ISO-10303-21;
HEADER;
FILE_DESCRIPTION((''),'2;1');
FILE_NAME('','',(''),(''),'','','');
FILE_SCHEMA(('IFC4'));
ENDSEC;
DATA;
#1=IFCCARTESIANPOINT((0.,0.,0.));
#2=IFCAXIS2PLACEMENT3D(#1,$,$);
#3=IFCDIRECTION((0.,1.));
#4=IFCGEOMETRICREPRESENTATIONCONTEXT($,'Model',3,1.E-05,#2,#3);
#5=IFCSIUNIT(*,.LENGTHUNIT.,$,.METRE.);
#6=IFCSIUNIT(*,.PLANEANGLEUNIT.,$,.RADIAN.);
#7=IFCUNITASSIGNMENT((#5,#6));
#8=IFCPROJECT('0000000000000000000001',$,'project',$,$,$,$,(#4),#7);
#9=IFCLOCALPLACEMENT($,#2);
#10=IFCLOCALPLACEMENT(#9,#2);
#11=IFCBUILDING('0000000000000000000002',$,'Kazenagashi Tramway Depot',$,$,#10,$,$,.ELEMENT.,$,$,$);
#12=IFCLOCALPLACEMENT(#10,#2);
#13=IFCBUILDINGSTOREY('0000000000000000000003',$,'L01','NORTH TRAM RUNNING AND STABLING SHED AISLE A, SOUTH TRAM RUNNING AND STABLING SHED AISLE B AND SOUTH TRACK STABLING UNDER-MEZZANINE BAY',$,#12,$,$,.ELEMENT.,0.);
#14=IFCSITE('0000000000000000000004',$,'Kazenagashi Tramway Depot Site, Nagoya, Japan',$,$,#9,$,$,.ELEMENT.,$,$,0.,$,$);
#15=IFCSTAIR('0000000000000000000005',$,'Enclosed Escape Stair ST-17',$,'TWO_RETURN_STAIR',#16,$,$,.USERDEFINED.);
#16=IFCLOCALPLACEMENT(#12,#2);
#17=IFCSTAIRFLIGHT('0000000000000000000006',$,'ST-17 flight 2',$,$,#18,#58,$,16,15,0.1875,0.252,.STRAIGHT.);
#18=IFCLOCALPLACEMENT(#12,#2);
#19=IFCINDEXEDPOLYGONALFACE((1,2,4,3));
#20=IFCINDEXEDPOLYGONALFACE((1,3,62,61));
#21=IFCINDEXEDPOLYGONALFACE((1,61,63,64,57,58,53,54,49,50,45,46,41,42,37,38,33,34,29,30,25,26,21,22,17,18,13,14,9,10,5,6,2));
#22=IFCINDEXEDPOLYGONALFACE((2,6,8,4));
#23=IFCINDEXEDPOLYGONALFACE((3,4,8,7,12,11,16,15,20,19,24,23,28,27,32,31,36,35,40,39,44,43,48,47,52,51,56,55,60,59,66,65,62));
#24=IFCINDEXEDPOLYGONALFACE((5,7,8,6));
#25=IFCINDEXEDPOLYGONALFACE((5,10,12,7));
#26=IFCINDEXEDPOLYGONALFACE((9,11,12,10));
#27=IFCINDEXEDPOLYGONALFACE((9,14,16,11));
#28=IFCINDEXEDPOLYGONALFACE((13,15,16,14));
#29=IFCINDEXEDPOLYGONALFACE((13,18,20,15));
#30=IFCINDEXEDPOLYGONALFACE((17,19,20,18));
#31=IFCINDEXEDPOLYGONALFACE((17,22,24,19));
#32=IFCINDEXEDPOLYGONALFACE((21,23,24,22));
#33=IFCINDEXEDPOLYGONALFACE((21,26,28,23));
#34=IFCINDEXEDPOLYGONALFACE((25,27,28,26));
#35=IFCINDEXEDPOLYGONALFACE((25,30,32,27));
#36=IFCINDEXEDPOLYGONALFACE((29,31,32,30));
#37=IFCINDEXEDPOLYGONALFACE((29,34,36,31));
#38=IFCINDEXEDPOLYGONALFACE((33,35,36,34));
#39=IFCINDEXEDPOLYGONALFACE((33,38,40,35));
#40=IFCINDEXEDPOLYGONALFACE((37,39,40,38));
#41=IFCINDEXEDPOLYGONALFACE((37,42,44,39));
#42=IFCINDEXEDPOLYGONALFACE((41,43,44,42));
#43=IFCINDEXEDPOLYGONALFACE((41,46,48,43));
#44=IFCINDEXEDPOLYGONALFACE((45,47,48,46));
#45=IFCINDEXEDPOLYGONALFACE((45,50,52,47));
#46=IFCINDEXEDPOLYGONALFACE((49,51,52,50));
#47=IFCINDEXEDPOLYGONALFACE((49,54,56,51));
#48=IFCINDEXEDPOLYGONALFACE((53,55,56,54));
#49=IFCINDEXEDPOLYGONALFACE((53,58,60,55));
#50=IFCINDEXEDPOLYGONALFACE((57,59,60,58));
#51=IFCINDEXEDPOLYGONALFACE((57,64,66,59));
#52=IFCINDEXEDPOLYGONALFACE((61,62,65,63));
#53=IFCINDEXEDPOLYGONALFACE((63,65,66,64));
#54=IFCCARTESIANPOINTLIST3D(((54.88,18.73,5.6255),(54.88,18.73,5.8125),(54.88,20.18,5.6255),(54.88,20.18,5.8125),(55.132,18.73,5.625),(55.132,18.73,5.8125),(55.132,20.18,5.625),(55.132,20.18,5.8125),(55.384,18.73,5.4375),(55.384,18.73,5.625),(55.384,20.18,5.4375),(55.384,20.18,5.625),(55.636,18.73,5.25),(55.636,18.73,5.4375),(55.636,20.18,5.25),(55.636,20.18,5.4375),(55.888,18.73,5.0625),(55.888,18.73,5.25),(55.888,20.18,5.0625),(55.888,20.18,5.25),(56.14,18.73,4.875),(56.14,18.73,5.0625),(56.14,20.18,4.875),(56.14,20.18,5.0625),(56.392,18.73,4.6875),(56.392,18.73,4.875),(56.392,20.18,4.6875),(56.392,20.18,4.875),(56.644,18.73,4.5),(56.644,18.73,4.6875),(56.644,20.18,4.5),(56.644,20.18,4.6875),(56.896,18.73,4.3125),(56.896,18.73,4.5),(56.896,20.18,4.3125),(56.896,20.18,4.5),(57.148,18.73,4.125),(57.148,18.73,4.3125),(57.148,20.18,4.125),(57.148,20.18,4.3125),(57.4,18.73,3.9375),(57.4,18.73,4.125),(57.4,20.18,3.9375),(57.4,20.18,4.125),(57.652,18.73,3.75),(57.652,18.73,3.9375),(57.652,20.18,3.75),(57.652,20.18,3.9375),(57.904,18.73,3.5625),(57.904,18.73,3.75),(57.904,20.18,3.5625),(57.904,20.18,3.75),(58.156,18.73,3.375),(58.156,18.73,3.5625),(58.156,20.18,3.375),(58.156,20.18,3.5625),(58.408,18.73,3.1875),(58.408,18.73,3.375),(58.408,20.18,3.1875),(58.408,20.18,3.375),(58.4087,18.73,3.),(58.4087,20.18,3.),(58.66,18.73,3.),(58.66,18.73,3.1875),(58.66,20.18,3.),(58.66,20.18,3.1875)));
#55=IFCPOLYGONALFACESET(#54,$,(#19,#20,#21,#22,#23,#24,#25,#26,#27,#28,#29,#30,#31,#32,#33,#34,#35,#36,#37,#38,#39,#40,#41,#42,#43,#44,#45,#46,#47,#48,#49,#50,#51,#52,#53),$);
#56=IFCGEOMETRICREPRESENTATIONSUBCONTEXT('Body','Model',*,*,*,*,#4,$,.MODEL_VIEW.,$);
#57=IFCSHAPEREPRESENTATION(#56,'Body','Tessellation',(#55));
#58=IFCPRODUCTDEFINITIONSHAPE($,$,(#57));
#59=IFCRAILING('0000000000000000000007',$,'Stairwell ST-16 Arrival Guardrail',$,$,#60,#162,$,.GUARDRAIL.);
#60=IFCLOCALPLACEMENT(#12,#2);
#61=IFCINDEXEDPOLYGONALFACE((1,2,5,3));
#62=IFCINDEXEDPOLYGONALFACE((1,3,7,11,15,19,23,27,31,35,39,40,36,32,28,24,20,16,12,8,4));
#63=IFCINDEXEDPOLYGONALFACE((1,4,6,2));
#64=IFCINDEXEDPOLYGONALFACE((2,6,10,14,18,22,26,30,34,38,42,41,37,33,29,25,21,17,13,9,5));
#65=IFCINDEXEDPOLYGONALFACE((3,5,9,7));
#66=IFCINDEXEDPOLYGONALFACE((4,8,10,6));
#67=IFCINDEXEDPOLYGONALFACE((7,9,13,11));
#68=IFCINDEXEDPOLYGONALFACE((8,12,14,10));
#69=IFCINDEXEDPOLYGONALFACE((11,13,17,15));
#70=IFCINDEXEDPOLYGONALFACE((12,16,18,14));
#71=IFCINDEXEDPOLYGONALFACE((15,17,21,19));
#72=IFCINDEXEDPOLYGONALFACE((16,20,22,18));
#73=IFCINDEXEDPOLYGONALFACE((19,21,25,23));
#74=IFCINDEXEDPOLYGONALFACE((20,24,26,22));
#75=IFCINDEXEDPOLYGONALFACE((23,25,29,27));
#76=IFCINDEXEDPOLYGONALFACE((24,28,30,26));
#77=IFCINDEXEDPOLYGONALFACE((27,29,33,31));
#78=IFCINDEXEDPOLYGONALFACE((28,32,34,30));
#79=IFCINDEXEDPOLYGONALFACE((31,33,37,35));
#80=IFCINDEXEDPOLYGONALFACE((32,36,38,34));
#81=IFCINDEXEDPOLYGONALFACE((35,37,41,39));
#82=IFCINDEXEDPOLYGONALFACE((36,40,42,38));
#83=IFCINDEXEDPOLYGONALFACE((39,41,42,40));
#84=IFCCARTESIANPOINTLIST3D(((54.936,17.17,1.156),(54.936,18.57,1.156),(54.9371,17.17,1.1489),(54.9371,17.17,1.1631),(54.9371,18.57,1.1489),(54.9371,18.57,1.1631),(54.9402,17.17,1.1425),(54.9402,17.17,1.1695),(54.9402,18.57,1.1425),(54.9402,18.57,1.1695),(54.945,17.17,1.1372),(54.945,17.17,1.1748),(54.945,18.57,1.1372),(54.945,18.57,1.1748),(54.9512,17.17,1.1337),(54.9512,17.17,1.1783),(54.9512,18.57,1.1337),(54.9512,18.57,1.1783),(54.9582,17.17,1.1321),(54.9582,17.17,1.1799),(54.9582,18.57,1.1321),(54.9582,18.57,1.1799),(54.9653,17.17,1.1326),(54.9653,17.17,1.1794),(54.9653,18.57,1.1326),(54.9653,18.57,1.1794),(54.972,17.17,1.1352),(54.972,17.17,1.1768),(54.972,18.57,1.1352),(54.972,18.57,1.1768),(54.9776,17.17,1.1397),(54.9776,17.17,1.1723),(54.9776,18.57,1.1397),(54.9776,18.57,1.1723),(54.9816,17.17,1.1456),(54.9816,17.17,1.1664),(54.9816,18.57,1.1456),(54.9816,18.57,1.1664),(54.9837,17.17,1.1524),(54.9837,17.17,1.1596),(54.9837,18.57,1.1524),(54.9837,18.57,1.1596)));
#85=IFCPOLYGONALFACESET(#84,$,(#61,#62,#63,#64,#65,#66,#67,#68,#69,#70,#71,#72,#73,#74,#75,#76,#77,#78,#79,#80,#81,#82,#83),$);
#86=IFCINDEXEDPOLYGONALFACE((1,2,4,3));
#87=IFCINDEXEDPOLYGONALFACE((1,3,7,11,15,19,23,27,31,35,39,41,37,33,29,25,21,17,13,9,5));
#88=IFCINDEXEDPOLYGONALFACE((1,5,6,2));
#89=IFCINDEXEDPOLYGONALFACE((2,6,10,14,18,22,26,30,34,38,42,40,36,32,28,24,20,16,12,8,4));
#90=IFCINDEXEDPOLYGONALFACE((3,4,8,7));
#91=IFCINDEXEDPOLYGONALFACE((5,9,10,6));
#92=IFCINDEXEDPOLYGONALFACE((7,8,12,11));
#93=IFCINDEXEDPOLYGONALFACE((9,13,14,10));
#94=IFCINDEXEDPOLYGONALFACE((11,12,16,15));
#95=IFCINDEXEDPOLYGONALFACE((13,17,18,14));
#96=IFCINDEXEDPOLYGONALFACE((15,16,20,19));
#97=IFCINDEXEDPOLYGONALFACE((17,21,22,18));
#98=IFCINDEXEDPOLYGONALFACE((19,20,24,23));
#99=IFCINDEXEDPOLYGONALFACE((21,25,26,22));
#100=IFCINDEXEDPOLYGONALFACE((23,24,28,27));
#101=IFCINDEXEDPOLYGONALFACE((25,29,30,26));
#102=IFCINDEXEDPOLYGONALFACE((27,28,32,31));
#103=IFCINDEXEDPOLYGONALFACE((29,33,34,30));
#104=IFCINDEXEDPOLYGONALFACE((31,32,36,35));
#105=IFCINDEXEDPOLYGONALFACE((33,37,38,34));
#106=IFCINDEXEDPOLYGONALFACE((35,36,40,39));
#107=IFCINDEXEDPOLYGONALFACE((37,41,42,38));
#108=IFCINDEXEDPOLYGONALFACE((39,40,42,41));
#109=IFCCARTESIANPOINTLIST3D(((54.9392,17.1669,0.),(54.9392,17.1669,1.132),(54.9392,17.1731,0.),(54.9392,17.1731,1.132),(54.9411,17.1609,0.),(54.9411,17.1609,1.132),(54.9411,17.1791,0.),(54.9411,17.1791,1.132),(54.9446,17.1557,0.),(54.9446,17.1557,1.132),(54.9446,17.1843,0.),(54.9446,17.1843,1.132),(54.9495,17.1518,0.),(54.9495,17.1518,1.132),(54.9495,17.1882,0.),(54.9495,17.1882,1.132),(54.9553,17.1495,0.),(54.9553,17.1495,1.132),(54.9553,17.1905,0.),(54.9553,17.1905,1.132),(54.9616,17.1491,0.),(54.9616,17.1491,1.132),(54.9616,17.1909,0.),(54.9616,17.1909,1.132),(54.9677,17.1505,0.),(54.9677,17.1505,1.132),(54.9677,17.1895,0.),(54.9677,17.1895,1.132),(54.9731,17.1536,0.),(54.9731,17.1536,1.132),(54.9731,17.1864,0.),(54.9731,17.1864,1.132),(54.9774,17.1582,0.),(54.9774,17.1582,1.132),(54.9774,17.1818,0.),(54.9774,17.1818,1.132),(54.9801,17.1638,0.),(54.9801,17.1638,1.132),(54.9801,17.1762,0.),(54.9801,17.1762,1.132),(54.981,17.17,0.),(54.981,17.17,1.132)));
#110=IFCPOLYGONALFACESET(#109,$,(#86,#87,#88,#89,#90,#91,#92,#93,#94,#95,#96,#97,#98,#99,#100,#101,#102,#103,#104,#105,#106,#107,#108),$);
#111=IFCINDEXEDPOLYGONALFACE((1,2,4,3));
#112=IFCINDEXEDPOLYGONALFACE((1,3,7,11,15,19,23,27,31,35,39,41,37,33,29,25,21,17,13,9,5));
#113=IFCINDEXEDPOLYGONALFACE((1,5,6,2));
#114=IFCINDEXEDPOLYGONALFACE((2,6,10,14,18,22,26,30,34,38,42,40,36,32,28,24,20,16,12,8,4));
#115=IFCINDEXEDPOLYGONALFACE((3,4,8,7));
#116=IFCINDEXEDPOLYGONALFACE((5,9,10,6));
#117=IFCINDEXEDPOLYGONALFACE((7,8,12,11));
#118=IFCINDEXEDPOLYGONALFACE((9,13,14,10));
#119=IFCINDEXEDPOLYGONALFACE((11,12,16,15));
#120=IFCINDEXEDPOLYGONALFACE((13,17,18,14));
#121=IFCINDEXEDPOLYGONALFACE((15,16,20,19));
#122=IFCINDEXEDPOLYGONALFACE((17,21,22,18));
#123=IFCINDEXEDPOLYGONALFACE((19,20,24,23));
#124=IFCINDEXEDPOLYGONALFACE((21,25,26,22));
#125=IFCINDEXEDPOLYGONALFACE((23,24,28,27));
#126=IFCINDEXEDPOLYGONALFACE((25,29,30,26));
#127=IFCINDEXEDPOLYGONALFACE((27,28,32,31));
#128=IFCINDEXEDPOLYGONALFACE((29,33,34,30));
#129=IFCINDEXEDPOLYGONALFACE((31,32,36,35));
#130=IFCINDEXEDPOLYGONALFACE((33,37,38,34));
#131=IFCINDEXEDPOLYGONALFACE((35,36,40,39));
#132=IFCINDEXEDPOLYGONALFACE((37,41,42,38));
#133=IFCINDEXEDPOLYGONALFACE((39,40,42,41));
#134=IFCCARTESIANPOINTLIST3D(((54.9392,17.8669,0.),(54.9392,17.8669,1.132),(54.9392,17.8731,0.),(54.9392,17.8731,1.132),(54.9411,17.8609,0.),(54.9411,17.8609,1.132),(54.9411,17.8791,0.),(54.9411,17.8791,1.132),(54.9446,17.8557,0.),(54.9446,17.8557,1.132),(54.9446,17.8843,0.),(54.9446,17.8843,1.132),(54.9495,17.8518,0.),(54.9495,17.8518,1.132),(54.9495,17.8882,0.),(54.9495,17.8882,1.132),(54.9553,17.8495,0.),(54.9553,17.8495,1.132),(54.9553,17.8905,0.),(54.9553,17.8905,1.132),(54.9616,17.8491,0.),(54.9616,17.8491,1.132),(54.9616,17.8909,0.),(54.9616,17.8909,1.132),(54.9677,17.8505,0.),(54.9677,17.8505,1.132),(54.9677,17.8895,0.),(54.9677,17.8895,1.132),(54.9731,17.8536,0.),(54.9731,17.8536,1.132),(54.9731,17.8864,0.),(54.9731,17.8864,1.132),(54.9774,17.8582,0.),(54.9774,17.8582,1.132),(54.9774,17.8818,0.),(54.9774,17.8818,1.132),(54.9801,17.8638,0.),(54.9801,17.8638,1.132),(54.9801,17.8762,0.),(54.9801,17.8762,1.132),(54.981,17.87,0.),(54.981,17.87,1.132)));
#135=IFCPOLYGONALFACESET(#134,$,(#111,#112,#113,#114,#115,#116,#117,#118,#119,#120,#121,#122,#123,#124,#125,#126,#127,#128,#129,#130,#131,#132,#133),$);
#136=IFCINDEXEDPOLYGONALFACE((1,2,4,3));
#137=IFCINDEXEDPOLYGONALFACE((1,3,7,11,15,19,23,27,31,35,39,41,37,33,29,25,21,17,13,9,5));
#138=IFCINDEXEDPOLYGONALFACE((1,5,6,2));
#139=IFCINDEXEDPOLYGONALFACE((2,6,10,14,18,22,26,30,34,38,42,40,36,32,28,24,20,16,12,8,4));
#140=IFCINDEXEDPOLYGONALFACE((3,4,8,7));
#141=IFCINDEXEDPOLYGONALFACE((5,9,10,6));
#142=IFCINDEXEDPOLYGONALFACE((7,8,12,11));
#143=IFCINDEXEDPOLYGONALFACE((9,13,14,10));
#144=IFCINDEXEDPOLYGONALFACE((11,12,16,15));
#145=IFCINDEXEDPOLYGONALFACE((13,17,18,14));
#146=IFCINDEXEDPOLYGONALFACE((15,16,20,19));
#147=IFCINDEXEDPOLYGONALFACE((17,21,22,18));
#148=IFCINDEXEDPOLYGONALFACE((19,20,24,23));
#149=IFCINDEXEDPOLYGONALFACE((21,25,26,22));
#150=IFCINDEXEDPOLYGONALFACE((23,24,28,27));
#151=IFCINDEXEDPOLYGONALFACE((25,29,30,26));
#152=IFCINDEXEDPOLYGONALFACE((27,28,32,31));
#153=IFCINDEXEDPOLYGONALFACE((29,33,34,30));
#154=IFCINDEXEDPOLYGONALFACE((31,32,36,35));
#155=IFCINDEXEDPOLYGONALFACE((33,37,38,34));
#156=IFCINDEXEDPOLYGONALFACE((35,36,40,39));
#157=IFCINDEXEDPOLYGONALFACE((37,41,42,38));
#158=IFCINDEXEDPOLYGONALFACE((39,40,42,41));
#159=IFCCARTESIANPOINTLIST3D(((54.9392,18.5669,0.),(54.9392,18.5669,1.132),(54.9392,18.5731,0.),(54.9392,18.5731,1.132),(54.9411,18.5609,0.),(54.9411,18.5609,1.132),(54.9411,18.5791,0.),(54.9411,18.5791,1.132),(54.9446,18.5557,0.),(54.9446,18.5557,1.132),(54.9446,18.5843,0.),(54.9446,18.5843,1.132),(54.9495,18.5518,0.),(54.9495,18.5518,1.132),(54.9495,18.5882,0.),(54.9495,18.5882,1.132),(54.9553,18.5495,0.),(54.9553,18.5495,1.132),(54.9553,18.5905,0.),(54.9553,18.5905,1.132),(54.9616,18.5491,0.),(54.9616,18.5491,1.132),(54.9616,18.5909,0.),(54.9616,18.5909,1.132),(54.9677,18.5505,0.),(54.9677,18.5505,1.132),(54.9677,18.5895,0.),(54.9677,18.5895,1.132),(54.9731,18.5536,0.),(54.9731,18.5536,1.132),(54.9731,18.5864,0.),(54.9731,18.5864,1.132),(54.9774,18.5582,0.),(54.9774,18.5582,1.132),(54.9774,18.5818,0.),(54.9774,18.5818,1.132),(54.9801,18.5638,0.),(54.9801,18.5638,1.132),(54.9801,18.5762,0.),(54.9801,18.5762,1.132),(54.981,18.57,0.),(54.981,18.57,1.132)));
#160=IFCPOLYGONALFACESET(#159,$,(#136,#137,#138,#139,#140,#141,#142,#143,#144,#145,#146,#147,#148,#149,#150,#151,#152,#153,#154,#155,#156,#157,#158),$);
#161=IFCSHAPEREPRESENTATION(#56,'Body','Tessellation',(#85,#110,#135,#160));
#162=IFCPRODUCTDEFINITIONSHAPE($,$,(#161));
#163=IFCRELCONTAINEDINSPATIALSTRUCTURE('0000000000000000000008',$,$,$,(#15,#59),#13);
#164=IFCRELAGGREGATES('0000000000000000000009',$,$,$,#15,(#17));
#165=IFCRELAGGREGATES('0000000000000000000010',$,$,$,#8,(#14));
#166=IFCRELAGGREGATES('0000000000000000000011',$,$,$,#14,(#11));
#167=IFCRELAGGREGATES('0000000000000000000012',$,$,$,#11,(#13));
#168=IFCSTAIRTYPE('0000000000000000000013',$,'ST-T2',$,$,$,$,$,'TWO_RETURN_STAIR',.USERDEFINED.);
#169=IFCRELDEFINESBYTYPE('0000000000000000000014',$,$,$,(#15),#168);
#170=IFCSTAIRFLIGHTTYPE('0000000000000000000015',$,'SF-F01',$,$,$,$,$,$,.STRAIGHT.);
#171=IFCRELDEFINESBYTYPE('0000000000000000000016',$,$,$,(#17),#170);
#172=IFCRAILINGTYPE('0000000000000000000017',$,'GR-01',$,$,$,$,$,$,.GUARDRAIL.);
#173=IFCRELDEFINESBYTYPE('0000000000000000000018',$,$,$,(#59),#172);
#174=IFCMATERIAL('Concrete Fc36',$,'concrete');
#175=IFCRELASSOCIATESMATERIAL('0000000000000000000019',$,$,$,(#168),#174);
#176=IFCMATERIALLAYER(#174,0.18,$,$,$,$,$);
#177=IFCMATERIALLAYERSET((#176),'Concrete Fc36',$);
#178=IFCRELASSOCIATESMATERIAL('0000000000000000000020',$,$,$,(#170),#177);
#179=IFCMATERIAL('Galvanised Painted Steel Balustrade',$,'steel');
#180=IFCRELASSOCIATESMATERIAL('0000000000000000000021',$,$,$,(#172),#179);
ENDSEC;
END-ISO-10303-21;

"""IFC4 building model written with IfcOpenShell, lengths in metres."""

from ifc_helpers import new_model, si_unit, direction, frame, origin, origin_2d, place, context, subcontext, project, spatial, polyline, circle, outline, extrude, material, layer, layer_set, type_object, element, aggregate, save


model = new_model("IFC4")

# Units and contexts
model_context = context("Model", 3, precision=1e-05, world=origin(), true_north=direction((0.0, 1.0)))
body_context = subcontext(model_context, "Body", "Model", "MODEL_VIEW")
ifc_project = project(units=[si_unit("LENGTHUNIT", "METRE"), si_unit("PLANEANGLEUNIT", "RADIAN")], contexts=[model_context])

# Site, building, storey
site_placement = place(None, origin())
site = spatial("IfcSite", under=ifc_project, at=site_placement, Name="Kazenagashi Tramway Depot Site, Nagoya, Japan", CompositionType="ELEMENT", RefElevation=0.0)
building_placement = place(site_placement, origin())
building = spatial("IfcBuilding", under=site, at=building_placement, Name="Kazenagashi Tramway Depot", CompositionType="ELEMENT")
storey_placement = place(building_placement, origin())
storey = spatial("IfcBuildingStorey", under=building, at=storey_placement, Name="L01", Description="NORTH TRAM RUNNING AND STABLING SHED AISLE A, SOUTH TRAM RUNNING AND STABLING SHED AISLE B AND SOUTH TRACK STABLING UNDER-MEZZANINE BAY", CompositionType="ELEMENT", Elevation=0.0)

# Shared definitions
ifc_material_1 = material(Name="Concrete Fc36", Category="concrete")

# Stair, stair flight
stair_type = type_object("IfcStairType", Name="ST-T2", ElementType="TWO_RETURN_STAIR", PredefinedType="USERDEFINED", material=ifc_material_1)
stair_placement = place(storey_placement, origin())
stair = element("IfcStair", 1, at=stair_placement, inside=storey, type_object=stair_type, Name="Enclosed Escape Stair ST-17", ObjectType="TWO_RETURN_STAIR", PredefinedType="USERDEFINED")
ifc_layer_1 = layer(ifc_material_1, 0.18)
ifc_layer_set_1 = layer_set([ifc_layer_1], Name="Concrete Fc36")
stair_flight_type = type_object("IfcStairFlightType", Name="SF-F01", PredefinedType="STRAIGHT", material=ifc_layer_set_1)
stair_flight_1_placement = place(storey_placement, frame((58.66, 19.455, 3.0), z_axis=(0.0, 0.0, 1.0), x_axis=(-1.0, 0.0, 0.0)))
stair_flight_1 = element("IfcStairFlight", 2, at=stair_flight_1_placement, type_object=stair_flight_type, Name="ST-17 flight 2", NumberOfRisers=16, NumberOfTreads=15, PredefinedType="STRAIGHT", RiserHeight=0.1875, TreadLength=0.252, context=body_context, shape_type="SweptSolid", body=[
    extrude(outline(polyline([(0.0, 0.0), (0.0, 0.1875), (0.252, 0.1875), (0.252, 0.375), (0.504, 0.375), (0.504, 0.5625), (0.756, 0.5625), (0.756, 0.75), (1.008, 0.75), (1.008, 0.9375), (1.26, 0.9375), (1.26, 1.125), (1.512, 1.125), (1.512, 1.3125), (1.764, 1.3125), (1.764, 1.5), (2.016, 1.5), (2.016, 1.6875), (2.268, 1.6875), (2.268, 1.875), (2.52, 1.875), (2.52, 2.0625), (2.772, 2.0625), (2.772, 2.25), (3.024, 2.25), (3.024, 2.4375), (3.276, 2.4375), (3.276, 2.625), (3.528, 2.625), (3.528, 2.8125), (3.78, 2.8125), (3.78, 3.0), (3.78, 2.6255), (0.2513, 0.0), (0.0, 0.0)])), frame((0.0, 0.725, 0.0), z_axis=(0.0, -1.0, 0.0), x_axis=(1.0, 0.0, 0.0)), (0.0, 0.0, 1.0), 1.45),
])
aggregate(stair, [stair_flight_1])

# Railing
ifc_material_2 = material(Name="Galvanised Painted Steel Balustrade", Category="steel")
railing_type_1 = type_object("IfcRailingType", Name="GR-01", PredefinedType="GUARDRAIL", material=ifc_material_2)
railing_1_placement = place(storey_placement, frame((54.96, 17.17, 0.0)))
element("IfcRailing", 3, at=railing_1_placement, inside=storey, type_object=railing_type_1, Name="Stairwell ST-16 Arrival Guardrail", PredefinedType="GUARDRAIL", context=body_context, shape_type="SweptSolid", body=[
    extrude(circle(Radius=0.024, at=origin_2d()), frame((0.0, 0.0, 1.156), z_axis=(0.0, 1.0, 0.0), x_axis=(-1.0, 0.0, 0.0)), (0.0, 0.0, 1.0), 1.4),
    extrude(circle(Radius=0.021, at=origin_2d()), origin(), (0.0, 0.0, 1.0), 1.132),
    extrude(circle(Radius=0.021, at=origin_2d()), frame((0.0, 0.7, 0.0)), (0.0, 0.0, 1.0), 1.132),
    extrude(circle(Radius=0.021, at=origin_2d()), frame((0.0, 1.4, 0.0)), (0.0, 0.0, 1.0), 1.132),
])

save(model, "model.ifc")
